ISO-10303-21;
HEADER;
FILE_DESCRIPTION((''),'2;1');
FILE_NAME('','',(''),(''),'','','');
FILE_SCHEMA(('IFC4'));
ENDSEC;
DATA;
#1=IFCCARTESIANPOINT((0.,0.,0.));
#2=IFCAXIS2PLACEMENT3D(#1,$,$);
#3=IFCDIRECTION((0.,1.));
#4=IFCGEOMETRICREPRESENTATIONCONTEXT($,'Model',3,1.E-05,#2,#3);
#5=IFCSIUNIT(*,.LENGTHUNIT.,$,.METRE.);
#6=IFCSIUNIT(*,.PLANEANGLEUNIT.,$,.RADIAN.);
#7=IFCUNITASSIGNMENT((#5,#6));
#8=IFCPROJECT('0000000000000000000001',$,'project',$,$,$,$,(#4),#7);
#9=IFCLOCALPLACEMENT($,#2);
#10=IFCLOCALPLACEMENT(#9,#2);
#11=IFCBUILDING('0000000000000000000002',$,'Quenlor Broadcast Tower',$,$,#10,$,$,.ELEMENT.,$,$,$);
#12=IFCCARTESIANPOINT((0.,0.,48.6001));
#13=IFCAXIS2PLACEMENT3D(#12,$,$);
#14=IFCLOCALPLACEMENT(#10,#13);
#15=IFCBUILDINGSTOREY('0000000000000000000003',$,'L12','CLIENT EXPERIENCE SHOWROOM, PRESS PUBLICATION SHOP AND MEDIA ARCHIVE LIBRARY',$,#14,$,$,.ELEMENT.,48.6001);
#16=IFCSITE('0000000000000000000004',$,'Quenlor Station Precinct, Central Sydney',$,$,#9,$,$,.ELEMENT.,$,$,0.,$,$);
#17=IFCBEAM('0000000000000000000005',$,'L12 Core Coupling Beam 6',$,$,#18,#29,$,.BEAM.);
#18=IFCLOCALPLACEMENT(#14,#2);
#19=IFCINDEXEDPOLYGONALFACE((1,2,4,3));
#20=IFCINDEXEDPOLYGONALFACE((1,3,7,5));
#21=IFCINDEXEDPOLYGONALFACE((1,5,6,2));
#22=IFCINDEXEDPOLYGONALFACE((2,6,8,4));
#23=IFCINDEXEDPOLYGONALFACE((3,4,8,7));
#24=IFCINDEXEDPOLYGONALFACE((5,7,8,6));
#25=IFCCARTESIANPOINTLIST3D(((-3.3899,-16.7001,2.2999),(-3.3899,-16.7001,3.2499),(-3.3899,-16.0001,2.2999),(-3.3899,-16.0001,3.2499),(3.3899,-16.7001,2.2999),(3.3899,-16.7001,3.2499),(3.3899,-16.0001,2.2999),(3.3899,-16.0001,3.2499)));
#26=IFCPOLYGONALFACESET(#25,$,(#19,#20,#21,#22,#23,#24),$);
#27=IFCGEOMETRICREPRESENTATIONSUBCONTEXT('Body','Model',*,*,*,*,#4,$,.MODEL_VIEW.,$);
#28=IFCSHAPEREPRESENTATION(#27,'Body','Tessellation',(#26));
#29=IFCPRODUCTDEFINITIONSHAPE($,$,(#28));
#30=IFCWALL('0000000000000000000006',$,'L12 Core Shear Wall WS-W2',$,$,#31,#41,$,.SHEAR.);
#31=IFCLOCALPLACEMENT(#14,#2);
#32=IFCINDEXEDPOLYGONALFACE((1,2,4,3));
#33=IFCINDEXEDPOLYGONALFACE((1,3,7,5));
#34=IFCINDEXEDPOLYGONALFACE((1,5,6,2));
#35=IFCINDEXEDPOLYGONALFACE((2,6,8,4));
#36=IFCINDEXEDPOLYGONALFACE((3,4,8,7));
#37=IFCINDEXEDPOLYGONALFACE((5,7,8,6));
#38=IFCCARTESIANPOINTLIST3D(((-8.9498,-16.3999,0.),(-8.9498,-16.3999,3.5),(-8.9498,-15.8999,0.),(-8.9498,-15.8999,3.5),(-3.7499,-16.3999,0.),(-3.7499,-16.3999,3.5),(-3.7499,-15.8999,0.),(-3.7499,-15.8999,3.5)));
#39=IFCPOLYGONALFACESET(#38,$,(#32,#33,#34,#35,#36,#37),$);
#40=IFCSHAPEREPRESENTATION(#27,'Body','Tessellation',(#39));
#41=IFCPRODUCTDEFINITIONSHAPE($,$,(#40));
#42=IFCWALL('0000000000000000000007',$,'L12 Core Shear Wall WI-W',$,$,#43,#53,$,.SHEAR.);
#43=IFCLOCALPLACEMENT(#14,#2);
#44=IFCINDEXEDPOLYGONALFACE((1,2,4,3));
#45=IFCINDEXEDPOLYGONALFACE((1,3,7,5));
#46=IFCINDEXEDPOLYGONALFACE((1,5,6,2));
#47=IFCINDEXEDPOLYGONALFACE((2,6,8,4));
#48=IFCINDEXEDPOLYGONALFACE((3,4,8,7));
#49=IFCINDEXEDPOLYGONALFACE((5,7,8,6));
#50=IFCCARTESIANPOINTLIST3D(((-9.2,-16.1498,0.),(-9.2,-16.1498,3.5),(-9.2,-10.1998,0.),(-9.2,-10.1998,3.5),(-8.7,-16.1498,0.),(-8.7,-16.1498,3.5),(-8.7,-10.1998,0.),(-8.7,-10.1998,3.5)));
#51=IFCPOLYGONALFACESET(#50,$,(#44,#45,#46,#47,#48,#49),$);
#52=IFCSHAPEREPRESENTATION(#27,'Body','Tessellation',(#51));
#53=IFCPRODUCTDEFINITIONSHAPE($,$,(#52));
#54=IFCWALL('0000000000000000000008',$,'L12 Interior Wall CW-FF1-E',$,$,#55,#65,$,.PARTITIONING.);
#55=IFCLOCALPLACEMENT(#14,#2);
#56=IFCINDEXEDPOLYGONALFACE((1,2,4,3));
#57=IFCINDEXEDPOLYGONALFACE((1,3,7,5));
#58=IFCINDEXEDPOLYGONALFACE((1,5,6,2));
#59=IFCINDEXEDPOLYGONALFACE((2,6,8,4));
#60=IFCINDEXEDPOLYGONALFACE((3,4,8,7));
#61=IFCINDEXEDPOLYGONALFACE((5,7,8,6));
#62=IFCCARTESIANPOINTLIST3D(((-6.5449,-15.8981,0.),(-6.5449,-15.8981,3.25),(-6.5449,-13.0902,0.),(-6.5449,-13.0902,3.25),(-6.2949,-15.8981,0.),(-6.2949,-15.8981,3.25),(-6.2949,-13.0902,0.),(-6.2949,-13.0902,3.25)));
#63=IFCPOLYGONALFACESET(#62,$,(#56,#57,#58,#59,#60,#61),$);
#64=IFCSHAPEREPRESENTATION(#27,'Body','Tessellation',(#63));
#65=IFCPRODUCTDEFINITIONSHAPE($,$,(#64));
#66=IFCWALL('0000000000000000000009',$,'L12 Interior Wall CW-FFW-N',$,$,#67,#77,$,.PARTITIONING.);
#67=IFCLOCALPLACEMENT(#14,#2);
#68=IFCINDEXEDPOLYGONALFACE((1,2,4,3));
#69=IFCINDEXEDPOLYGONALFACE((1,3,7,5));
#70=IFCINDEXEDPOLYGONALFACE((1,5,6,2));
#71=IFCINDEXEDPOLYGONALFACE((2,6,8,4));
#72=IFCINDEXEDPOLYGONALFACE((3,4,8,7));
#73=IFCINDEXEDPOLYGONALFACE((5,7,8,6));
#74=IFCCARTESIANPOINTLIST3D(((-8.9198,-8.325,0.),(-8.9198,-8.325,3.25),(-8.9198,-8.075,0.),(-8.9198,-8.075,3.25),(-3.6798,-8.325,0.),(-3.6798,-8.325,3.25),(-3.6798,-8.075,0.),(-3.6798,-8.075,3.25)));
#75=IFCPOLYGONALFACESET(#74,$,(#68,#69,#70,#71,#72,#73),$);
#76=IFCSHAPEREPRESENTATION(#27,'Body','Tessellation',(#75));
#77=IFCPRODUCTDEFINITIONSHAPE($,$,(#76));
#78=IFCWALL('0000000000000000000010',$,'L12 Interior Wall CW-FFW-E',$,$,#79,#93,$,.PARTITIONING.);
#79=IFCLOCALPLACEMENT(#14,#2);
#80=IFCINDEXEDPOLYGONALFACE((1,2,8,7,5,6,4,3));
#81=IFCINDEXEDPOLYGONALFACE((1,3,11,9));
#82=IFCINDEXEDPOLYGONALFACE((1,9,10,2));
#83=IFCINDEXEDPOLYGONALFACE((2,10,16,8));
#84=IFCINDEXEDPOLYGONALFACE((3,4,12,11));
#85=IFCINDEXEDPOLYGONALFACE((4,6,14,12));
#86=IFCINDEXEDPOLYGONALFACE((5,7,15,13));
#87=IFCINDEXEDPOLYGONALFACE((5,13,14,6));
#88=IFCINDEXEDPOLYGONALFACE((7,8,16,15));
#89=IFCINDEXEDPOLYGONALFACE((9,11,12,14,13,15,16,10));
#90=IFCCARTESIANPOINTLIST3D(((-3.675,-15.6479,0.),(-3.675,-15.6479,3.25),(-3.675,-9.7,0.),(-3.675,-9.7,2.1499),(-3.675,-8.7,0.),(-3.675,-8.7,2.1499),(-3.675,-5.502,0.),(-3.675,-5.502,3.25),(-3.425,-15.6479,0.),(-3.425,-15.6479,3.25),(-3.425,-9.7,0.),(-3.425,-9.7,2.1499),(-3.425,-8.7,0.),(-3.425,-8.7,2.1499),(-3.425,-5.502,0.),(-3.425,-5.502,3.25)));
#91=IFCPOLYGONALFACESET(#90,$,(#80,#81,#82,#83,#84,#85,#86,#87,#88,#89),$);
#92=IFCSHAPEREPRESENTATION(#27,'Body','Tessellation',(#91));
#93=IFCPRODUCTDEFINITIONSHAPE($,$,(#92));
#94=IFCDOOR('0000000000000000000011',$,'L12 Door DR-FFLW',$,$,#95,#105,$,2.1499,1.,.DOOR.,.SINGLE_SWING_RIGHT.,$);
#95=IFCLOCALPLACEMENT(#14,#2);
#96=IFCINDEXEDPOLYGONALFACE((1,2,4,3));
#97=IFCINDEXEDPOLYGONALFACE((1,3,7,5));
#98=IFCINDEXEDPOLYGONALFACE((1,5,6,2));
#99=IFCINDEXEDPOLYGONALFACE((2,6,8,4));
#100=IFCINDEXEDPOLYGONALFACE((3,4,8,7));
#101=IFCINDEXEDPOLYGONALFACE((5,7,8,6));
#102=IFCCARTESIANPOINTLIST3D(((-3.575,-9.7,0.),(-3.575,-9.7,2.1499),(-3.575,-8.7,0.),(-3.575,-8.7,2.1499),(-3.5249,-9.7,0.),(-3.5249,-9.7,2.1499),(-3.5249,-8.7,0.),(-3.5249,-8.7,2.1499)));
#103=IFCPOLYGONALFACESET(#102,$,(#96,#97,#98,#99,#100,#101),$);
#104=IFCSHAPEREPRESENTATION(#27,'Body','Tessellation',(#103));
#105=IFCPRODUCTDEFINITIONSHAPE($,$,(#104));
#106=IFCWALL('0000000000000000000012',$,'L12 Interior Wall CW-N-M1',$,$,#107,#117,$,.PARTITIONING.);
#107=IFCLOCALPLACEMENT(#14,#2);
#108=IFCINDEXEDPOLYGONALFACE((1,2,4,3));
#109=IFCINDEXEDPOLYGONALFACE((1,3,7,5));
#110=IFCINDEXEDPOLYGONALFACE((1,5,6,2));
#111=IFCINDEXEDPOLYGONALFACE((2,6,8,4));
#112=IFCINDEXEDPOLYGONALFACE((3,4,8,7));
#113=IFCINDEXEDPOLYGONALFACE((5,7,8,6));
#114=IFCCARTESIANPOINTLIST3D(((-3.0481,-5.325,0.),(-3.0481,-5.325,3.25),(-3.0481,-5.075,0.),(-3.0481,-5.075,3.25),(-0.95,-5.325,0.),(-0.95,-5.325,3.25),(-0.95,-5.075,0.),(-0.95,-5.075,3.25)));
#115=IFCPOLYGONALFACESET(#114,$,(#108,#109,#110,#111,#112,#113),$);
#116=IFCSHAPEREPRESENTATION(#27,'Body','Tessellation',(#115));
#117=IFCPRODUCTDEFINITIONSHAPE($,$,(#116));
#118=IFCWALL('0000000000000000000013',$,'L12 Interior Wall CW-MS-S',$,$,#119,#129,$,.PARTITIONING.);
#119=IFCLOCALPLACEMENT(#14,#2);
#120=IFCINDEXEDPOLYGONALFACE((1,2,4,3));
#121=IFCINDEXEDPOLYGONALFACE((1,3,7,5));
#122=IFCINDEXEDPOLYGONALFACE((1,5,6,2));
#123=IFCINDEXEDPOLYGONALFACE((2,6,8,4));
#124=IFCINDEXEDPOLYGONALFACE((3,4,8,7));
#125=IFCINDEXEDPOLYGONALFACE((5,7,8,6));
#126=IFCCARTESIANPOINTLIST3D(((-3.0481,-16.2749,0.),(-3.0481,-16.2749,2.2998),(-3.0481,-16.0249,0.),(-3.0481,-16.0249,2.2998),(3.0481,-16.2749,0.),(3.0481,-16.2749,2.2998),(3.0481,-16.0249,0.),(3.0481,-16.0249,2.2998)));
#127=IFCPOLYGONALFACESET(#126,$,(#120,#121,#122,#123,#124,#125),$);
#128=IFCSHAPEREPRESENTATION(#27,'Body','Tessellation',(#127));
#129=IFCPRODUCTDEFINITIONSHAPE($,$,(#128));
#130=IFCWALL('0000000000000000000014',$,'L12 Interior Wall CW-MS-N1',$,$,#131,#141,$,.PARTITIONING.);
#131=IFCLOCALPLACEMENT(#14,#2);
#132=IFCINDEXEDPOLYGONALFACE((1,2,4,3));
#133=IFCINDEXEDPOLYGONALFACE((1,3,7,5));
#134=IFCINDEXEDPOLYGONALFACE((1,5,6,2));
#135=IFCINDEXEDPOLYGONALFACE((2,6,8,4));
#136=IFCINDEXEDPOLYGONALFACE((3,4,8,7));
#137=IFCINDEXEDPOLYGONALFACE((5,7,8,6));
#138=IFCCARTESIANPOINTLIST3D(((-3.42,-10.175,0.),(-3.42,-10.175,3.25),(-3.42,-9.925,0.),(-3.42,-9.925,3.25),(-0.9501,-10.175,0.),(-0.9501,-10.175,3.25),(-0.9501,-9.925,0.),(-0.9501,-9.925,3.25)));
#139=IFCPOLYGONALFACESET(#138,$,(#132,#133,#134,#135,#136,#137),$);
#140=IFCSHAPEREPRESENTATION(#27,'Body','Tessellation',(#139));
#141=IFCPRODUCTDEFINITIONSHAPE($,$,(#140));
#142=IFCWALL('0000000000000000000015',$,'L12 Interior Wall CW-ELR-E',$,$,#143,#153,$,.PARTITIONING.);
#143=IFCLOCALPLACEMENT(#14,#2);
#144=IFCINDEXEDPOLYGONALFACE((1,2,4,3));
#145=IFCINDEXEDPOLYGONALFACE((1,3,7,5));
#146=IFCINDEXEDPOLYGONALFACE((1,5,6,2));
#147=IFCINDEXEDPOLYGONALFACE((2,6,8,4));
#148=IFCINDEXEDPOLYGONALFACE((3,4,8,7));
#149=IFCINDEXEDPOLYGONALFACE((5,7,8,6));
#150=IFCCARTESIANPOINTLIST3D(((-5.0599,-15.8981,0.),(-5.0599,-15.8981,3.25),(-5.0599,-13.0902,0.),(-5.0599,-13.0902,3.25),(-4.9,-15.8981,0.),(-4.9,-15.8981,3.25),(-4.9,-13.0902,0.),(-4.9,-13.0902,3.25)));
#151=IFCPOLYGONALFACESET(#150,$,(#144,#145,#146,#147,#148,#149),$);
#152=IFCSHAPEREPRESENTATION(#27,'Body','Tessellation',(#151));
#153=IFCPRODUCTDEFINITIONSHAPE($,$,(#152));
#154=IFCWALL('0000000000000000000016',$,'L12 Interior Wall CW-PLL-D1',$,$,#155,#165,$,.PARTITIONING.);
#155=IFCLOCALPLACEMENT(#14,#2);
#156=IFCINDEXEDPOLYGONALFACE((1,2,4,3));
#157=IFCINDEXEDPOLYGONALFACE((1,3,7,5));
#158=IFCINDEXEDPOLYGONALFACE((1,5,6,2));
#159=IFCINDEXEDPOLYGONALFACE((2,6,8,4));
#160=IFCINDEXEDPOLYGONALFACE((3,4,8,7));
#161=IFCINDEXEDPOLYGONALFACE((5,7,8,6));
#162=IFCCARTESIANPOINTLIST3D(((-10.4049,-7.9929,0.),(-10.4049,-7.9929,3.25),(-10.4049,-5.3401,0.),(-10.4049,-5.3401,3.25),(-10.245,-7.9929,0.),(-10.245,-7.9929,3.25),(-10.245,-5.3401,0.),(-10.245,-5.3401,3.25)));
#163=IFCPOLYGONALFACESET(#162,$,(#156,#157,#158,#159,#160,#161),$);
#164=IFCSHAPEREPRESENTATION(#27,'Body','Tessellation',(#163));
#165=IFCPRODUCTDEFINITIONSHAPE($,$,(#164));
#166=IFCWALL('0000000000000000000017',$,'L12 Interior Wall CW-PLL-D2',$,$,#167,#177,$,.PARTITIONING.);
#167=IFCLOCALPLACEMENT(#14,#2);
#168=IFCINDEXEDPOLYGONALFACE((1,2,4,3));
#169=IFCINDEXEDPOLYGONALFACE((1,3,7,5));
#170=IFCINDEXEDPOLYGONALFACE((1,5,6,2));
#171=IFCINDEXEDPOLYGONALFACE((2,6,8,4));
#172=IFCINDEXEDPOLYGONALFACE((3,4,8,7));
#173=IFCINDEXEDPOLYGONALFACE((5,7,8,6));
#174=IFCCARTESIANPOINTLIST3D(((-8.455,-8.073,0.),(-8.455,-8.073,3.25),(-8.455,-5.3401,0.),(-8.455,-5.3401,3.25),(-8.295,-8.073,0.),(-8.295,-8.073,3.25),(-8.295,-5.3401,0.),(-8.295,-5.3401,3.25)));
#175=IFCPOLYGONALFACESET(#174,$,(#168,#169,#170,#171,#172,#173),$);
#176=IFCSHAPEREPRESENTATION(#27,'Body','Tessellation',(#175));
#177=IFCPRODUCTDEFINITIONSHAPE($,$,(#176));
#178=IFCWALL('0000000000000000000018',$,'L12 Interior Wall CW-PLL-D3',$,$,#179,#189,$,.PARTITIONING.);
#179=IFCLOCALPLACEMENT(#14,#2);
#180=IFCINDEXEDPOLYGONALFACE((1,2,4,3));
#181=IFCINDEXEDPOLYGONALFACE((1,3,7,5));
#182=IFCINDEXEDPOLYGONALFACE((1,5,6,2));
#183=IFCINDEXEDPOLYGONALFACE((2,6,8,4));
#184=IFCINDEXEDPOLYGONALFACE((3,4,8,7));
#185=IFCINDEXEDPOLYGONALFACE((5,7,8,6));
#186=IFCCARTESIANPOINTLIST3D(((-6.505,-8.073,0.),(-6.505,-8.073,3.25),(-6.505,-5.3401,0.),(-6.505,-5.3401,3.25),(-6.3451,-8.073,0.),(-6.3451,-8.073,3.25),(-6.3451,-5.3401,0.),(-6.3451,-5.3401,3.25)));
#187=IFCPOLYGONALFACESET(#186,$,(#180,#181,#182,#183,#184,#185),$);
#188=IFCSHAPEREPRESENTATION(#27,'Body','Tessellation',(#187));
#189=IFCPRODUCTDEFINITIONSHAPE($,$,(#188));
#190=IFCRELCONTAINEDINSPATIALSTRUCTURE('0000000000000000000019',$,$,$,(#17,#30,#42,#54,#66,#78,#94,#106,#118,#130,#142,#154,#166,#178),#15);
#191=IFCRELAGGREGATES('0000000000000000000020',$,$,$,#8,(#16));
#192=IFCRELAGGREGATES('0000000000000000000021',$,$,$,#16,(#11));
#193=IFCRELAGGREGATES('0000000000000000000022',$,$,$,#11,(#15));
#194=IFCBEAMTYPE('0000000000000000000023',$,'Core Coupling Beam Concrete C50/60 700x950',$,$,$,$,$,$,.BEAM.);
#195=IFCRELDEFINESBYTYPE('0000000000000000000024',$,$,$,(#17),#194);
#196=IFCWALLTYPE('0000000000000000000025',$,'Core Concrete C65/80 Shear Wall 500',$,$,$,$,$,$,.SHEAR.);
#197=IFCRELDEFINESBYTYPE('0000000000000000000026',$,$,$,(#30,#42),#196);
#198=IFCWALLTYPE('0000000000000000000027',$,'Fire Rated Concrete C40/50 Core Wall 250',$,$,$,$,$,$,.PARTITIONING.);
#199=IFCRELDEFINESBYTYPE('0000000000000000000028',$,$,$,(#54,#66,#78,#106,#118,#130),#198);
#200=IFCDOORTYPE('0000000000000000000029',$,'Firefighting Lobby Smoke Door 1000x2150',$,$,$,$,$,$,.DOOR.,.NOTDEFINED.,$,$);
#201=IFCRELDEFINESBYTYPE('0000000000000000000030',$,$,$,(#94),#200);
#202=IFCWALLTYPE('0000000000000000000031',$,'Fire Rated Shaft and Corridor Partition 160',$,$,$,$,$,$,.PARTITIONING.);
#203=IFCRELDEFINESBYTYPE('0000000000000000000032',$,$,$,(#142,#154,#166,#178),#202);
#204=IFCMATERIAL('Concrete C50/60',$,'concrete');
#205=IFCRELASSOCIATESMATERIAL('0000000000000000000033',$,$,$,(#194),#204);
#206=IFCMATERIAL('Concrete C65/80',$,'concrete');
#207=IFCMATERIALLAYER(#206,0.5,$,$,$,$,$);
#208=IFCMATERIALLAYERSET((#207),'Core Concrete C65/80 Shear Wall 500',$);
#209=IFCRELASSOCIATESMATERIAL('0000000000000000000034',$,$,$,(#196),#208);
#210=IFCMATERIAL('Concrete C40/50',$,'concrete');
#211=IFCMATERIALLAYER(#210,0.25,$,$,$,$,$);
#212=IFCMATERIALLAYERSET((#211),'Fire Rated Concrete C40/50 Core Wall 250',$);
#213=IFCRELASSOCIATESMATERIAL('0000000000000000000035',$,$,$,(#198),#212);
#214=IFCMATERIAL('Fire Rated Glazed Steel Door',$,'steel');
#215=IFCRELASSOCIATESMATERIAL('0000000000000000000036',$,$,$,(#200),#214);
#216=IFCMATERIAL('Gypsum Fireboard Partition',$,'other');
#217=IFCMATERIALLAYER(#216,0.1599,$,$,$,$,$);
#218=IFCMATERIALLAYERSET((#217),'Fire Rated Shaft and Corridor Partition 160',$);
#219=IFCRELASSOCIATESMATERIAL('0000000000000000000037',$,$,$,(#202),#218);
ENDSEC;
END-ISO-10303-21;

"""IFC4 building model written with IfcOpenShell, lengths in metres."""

from ifc_helpers import new_model, si_unit, direction, frame, frame_2d, origin, origin_2d, place, context, subcontext, project, spatial, rectangle, extrude, material, layer, layer_set, material_profile, profile_set, type_object, element, fill, save


model = new_model("IFC4")

# Units and contexts
model_context = context("Model", 3, precision=1e-05, world=origin(), true_north=direction((0.0, 1.0)))
body_context = subcontext(model_context, "Body", "Model", "MODEL_VIEW")
ifc_project = project(units=[si_unit("LENGTHUNIT", "METRE"), si_unit("PLANEANGLEUNIT", "RADIAN")], contexts=[model_context])

# Site, building, storey
site_placement = place(None, origin())
site = spatial("IfcSite", under=ifc_project, at=site_placement, Name="Quenlor Station Precinct, Central Sydney", CompositionType="ELEMENT", RefElevation=0.0)
building_placement = place(site_placement, origin())
building = spatial("IfcBuilding", under=site, at=building_placement, Name="Quenlor Broadcast Tower", CompositionType="ELEMENT")
storey_placement = place(building_placement, frame((0.0, 0.0, 48.6001)))
storey = spatial("IfcBuildingStorey", under=building, at=storey_placement, Name="L12", Description="CLIENT EXPERIENCE SHOWROOM, PRESS PUBLICATION SHOP AND MEDIA ARCHIVE LIBRARY", CompositionType="ELEMENT", Elevation=48.6001)

# Beam
ifc_material_1 = material(Name="Concrete C50/60", Category="concrete")
ifc_material_profile = material_profile(ifc_material_1, rectangle(XDim=0.7, YDim=0.95, at=origin_2d()))
ifc_profile_set = profile_set([ifc_material_profile], Name="Concrete C50/60 RCB700x950")
beam_type = type_object("IfcBeamType", Name="Core Coupling Beam Concrete C50/60 700x950", PredefinedType="BEAM", material=ifc_profile_set)
beam_placement = place(storey_placement, frame((-3.3899, -16.3501, 2.7749), z_axis=(1.0, 0.0, 0.0), x_axis=(0.0, 1.0, 0.0)))
element("IfcBeam", 1, at=beam_placement, inside=storey, type_object=beam_type, Name="L12 Core Coupling Beam 6", PredefinedType="BEAM", context=body_context, shape_type="SweptSolid", body=[
    extrude(rectangle(XDim=0.7, YDim=0.95, at=origin_2d()), origin(), (0.0, 0.0, 1.0), 6.7798),
])

# Walls
ifc_material_2 = material(Name="Concrete C65/80", Category="concrete")
ifc_layer_1 = layer(ifc_material_2, 0.5)
ifc_layer_set_1 = layer_set([ifc_layer_1], Name="Core Concrete C65/80 Shear Wall 500")
wall_type_1 = type_object("IfcWallType", Name="Core Concrete C65/80 Shear Wall 500", PredefinedType="SHEAR", material=ifc_layer_set_1)
wall_1_placement = place(storey_placement, frame((-8.95, -16.1499, 0.0), z_axis=(0.0, 0.0, 1.0), x_axis=(1.0, 0.0, 0.0)))
element("IfcWall", 2, at=wall_1_placement, inside=storey, type_object=wall_type_1, Name="L12 Core Shear Wall WS-W2", PredefinedType="SHEAR", context=body_context, shape_type="SweptSolid", body=[
    extrude(rectangle(XDim=5.2, YDim=0.5, at=frame_2d((2.6001, 0.0))), origin(), (0.0, 0.0, 1.0), 3.5),
])
wall_2_placement = place(storey_placement, frame((-8.95, -16.1499, 0.0), z_axis=(0.0, 0.0, 1.0), x_axis=(0.0, 1.0, 0.0)))
element("IfcWall", 3, at=wall_2_placement, inside=storey, type_object=wall_type_1, Name="L12 Core Shear Wall WI-W", PredefinedType="SHEAR", context=body_context, shape_type="SweptSolid", body=[
    extrude(rectangle(XDim=5.95, YDim=0.5, at=frame_2d((2.9751, 0.0))), origin(), (0.0, 0.0, 1.0), 3.5),
])

# Shared definitions
ifc_material_3 = material(Name="Concrete C40/50", Category="concrete")
ifc_layer_2 = layer(ifc_material_3, 0.25)
ifc_layer_set_2 = layer_set([ifc_layer_2], Name="Fire Rated Concrete C40/50 Core Wall 250")
wall_type_2 = type_object("IfcWallType", Name="Fire Rated Concrete C40/50 Core Wall 250", PredefinedType="PARTITIONING", material=ifc_layer_set_2)

# Walls
wall_3_placement = place(storey_placement, frame((-6.4199, -15.8979, 0.0), z_axis=(0.0, 0.0, 1.0), x_axis=(0.0, 1.0, 0.0)))
element("IfcWall", 4, at=wall_3_placement, inside=storey, type_object=wall_type_2, Name="L12 Interior Wall CW-FF1-E", PredefinedType="PARTITIONING", context=body_context, shape_type="SweptSolid", body=[
    extrude(rectangle(XDim=2.8079, YDim=0.25, at=frame_2d((1.4038, 0.0))), origin(), (0.0, 0.0, 1.0), 3.25),
])
wall_4_placement = place(storey_placement, frame((-8.9199, -8.2, 0.0), z_axis=(0.0, 0.0, 1.0), x_axis=(1.0, 0.0, 0.0)))
element("IfcWall", 5, at=wall_4_placement, inside=storey, type_object=wall_type_2, Name="L12 Interior Wall CW-FFW-N", PredefinedType="PARTITIONING", context=body_context, shape_type="SweptSolid", body=[
    extrude(rectangle(XDim=5.24, YDim=0.25, at=frame_2d((2.6201, 0.0))), origin(), (0.0, 0.0, 1.0), 3.25),
])

# Wall, opening, door
wall_5_placement = place(storey_placement, frame((-3.55, -15.6479, 0.0), z_axis=(0.0, 0.0, 1.0), x_axis=(0.0, 1.0, 0.0)))
wall_5 = element("IfcWall", 6, at=wall_5_placement, inside=storey, type_object=wall_type_2, Name="L12 Interior Wall CW-FFW-E", PredefinedType="PARTITIONING", context=body_context, shape_type="SweptSolid", body=[
    extrude(rectangle(XDim=10.146, YDim=0.25, at=frame_2d((5.073, 0.0))), origin(), (0.0, 0.0, 1.0), 3.25),
])
opening_1_placement = place(wall_5_placement, frame((5.948, 0.0, 0.0)))
opening_1 = element("IfcOpeningElement", 7, at=opening_1_placement, cuts=wall_5, PredefinedType="OPENING", context=body_context, shape_type="SweptSolid", body=[
    extrude(rectangle(XDim=1.0, YDim=2.1499, at=frame_2d((0.5, 1.075))), frame((0.0, 0.135, 0.0), z_axis=(0.0, -1.0, 0.0), x_axis=(1.0, 0.0, 0.0)), (0.0, 0.0, 1.0), 0.27),
])
ifc_material_4 = material(Name="Fire Rated Glazed Steel Door", Category="steel")
door_type_1 = type_object("IfcDoorType", Name="Firefighting Lobby Smoke Door 1000x2150", OperationType="NOTDEFINED", PredefinedType="DOOR", material=ifc_material_4)
door_1_placement = place(opening_1_placement, origin())
door_1 = element("IfcDoor", 8, at=door_1_placement, inside=storey, type_object=door_type_1, Name="L12 Door DR-FFLW", OperationType="SINGLE_SWING_RIGHT", OverallHeight=2.1499, OverallWidth=1.0, PredefinedType="DOOR", context=body_context, shape_type="SweptSolid", body=[
    extrude(rectangle(XDim=1.0, YDim=2.1499, at=frame_2d((0.5, 1.075))), frame((0.0, 0.0249, 0.0), z_axis=(0.0, -1.0, 0.0), x_axis=(1.0, 0.0, 0.0)), (0.0, 0.0, 1.0), 0.05),
])
fill(opening_1, door_1)

# Walls
wall_6_placement = place(storey_placement, frame((-3.0481, -5.2, 0.0), z_axis=(0.0, 0.0, 1.0), x_axis=(1.0, 0.0, 0.0)))
element("IfcWall", 9, at=wall_6_placement, inside=storey, type_object=wall_type_2, Name="L12 Interior Wall CW-N-M1", PredefinedType="PARTITIONING", context=body_context, shape_type="SweptSolid", body=[
    extrude(rectangle(XDim=2.0981, YDim=0.25, at=frame_2d((1.0491, 0.0))), origin(), (0.0, 0.0, 1.0), 3.25),
])
wall_7_placement = place(storey_placement, frame((-3.0481, -16.1499, 0.0), z_axis=(0.0, 0.0, 1.0), x_axis=(1.0, 0.0, 0.0)))
element("IfcWall", 10, at=wall_7_placement, inside=storey, type_object=wall_type_2, Name="L12 Interior Wall CW-MS-S", PredefinedType="PARTITIONING", context=body_context, shape_type="SweptSolid", body=[
    extrude(rectangle(XDim=6.0962, YDim=0.25, at=frame_2d((3.0481, 0.0))), origin(), (0.0, 0.0, 1.0), 2.2998),
])
wall_8_placement = place(storey_placement, frame((-3.4199, -10.05, 0.0), z_axis=(0.0, 0.0, 1.0), x_axis=(1.0, 0.0, 0.0)))
element("IfcWall", 11, at=wall_8_placement, inside=storey, type_object=wall_type_2, Name="L12 Interior Wall CW-MS-N1", PredefinedType="PARTITIONING", context=body_context, shape_type="SweptSolid", body=[
    extrude(rectangle(XDim=2.47, YDim=0.25, at=frame_2d((1.2349, 0.0))), origin(), (0.0, 0.0, 1.0), 3.25),
])
ifc_material_5 = material(Name="Gypsum Fireboard Partition", Category="other")
ifc_layer_3 = layer(ifc_material_5, 0.1599)
ifc_layer_set_3 = layer_set([ifc_layer_3], Name="Fire Rated Shaft and Corridor Partition 160")
wall_type_3 = type_object("IfcWallType", Name="Fire Rated Shaft and Corridor Partition 160", PredefinedType="PARTITIONING", material=ifc_layer_set_3)
wall_9_placement = place(storey_placement, frame((-4.98, -15.8979, 0.0), z_axis=(0.0, 0.0, 1.0), x_axis=(0.0, 1.0, 0.0)))
element("IfcWall", 12, at=wall_9_placement, inside=storey, type_object=wall_type_3, Name="L12 Interior Wall CW-ELR-E", PredefinedType="PARTITIONING", context=body_context, shape_type="SweptSolid", body=[
    extrude(rectangle(XDim=2.8079, YDim=0.1599, at=frame_2d((1.4038, 0.0))), origin(), (0.0, 0.0, 1.0), 3.25),
])
wall_10_placement = place(storey_placement, frame((-10.325, -7.9929, 0.0), z_axis=(0.0, 0.0, 1.0), x_axis=(0.0, 1.0, 0.0)))
element("IfcWall", 13, at=wall_10_placement, inside=storey, type_object=wall_type_3, Name="L12 Interior Wall CW-PLL-D1", PredefinedType="PARTITIONING", context=body_context, shape_type="SweptSolid", body=[
    extrude(rectangle(XDim=2.6528, YDim=0.1599, at=frame_2d((1.3264, 0.0))), origin(), (0.0, 0.0, 1.0), 3.25),
])
for number, where, z_axis, x_axis, name in (
    (14, (-8.375, -8.073, 0.0), (0.0, 0.0, 1.0), (0.0, 1.0, 0.0), "L12 Interior Wall CW-PLL-D2"),
    (15, (-6.425, -8.073, 0.0), (0.0, 0.0, 1.0), (0.0, 1.0, 0.0), "L12 Interior Wall CW-PLL-D3"),
):
    element("IfcWall", number, at=place(storey_placement, frame(where, z_axis=z_axis, x_axis=x_axis)), inside=storey, type_object=wall_type_3, Name=name, PredefinedType="PARTITIONING", context=body_context, shape_type="SweptSolid", body=[
        extrude(rectangle(XDim=2.7329, YDim=0.1599, at=frame_2d((1.3665, 0.0))), origin(), (0.0, 0.0, 1.0), 3.25),
    ])

save(model, "model.ifc")
